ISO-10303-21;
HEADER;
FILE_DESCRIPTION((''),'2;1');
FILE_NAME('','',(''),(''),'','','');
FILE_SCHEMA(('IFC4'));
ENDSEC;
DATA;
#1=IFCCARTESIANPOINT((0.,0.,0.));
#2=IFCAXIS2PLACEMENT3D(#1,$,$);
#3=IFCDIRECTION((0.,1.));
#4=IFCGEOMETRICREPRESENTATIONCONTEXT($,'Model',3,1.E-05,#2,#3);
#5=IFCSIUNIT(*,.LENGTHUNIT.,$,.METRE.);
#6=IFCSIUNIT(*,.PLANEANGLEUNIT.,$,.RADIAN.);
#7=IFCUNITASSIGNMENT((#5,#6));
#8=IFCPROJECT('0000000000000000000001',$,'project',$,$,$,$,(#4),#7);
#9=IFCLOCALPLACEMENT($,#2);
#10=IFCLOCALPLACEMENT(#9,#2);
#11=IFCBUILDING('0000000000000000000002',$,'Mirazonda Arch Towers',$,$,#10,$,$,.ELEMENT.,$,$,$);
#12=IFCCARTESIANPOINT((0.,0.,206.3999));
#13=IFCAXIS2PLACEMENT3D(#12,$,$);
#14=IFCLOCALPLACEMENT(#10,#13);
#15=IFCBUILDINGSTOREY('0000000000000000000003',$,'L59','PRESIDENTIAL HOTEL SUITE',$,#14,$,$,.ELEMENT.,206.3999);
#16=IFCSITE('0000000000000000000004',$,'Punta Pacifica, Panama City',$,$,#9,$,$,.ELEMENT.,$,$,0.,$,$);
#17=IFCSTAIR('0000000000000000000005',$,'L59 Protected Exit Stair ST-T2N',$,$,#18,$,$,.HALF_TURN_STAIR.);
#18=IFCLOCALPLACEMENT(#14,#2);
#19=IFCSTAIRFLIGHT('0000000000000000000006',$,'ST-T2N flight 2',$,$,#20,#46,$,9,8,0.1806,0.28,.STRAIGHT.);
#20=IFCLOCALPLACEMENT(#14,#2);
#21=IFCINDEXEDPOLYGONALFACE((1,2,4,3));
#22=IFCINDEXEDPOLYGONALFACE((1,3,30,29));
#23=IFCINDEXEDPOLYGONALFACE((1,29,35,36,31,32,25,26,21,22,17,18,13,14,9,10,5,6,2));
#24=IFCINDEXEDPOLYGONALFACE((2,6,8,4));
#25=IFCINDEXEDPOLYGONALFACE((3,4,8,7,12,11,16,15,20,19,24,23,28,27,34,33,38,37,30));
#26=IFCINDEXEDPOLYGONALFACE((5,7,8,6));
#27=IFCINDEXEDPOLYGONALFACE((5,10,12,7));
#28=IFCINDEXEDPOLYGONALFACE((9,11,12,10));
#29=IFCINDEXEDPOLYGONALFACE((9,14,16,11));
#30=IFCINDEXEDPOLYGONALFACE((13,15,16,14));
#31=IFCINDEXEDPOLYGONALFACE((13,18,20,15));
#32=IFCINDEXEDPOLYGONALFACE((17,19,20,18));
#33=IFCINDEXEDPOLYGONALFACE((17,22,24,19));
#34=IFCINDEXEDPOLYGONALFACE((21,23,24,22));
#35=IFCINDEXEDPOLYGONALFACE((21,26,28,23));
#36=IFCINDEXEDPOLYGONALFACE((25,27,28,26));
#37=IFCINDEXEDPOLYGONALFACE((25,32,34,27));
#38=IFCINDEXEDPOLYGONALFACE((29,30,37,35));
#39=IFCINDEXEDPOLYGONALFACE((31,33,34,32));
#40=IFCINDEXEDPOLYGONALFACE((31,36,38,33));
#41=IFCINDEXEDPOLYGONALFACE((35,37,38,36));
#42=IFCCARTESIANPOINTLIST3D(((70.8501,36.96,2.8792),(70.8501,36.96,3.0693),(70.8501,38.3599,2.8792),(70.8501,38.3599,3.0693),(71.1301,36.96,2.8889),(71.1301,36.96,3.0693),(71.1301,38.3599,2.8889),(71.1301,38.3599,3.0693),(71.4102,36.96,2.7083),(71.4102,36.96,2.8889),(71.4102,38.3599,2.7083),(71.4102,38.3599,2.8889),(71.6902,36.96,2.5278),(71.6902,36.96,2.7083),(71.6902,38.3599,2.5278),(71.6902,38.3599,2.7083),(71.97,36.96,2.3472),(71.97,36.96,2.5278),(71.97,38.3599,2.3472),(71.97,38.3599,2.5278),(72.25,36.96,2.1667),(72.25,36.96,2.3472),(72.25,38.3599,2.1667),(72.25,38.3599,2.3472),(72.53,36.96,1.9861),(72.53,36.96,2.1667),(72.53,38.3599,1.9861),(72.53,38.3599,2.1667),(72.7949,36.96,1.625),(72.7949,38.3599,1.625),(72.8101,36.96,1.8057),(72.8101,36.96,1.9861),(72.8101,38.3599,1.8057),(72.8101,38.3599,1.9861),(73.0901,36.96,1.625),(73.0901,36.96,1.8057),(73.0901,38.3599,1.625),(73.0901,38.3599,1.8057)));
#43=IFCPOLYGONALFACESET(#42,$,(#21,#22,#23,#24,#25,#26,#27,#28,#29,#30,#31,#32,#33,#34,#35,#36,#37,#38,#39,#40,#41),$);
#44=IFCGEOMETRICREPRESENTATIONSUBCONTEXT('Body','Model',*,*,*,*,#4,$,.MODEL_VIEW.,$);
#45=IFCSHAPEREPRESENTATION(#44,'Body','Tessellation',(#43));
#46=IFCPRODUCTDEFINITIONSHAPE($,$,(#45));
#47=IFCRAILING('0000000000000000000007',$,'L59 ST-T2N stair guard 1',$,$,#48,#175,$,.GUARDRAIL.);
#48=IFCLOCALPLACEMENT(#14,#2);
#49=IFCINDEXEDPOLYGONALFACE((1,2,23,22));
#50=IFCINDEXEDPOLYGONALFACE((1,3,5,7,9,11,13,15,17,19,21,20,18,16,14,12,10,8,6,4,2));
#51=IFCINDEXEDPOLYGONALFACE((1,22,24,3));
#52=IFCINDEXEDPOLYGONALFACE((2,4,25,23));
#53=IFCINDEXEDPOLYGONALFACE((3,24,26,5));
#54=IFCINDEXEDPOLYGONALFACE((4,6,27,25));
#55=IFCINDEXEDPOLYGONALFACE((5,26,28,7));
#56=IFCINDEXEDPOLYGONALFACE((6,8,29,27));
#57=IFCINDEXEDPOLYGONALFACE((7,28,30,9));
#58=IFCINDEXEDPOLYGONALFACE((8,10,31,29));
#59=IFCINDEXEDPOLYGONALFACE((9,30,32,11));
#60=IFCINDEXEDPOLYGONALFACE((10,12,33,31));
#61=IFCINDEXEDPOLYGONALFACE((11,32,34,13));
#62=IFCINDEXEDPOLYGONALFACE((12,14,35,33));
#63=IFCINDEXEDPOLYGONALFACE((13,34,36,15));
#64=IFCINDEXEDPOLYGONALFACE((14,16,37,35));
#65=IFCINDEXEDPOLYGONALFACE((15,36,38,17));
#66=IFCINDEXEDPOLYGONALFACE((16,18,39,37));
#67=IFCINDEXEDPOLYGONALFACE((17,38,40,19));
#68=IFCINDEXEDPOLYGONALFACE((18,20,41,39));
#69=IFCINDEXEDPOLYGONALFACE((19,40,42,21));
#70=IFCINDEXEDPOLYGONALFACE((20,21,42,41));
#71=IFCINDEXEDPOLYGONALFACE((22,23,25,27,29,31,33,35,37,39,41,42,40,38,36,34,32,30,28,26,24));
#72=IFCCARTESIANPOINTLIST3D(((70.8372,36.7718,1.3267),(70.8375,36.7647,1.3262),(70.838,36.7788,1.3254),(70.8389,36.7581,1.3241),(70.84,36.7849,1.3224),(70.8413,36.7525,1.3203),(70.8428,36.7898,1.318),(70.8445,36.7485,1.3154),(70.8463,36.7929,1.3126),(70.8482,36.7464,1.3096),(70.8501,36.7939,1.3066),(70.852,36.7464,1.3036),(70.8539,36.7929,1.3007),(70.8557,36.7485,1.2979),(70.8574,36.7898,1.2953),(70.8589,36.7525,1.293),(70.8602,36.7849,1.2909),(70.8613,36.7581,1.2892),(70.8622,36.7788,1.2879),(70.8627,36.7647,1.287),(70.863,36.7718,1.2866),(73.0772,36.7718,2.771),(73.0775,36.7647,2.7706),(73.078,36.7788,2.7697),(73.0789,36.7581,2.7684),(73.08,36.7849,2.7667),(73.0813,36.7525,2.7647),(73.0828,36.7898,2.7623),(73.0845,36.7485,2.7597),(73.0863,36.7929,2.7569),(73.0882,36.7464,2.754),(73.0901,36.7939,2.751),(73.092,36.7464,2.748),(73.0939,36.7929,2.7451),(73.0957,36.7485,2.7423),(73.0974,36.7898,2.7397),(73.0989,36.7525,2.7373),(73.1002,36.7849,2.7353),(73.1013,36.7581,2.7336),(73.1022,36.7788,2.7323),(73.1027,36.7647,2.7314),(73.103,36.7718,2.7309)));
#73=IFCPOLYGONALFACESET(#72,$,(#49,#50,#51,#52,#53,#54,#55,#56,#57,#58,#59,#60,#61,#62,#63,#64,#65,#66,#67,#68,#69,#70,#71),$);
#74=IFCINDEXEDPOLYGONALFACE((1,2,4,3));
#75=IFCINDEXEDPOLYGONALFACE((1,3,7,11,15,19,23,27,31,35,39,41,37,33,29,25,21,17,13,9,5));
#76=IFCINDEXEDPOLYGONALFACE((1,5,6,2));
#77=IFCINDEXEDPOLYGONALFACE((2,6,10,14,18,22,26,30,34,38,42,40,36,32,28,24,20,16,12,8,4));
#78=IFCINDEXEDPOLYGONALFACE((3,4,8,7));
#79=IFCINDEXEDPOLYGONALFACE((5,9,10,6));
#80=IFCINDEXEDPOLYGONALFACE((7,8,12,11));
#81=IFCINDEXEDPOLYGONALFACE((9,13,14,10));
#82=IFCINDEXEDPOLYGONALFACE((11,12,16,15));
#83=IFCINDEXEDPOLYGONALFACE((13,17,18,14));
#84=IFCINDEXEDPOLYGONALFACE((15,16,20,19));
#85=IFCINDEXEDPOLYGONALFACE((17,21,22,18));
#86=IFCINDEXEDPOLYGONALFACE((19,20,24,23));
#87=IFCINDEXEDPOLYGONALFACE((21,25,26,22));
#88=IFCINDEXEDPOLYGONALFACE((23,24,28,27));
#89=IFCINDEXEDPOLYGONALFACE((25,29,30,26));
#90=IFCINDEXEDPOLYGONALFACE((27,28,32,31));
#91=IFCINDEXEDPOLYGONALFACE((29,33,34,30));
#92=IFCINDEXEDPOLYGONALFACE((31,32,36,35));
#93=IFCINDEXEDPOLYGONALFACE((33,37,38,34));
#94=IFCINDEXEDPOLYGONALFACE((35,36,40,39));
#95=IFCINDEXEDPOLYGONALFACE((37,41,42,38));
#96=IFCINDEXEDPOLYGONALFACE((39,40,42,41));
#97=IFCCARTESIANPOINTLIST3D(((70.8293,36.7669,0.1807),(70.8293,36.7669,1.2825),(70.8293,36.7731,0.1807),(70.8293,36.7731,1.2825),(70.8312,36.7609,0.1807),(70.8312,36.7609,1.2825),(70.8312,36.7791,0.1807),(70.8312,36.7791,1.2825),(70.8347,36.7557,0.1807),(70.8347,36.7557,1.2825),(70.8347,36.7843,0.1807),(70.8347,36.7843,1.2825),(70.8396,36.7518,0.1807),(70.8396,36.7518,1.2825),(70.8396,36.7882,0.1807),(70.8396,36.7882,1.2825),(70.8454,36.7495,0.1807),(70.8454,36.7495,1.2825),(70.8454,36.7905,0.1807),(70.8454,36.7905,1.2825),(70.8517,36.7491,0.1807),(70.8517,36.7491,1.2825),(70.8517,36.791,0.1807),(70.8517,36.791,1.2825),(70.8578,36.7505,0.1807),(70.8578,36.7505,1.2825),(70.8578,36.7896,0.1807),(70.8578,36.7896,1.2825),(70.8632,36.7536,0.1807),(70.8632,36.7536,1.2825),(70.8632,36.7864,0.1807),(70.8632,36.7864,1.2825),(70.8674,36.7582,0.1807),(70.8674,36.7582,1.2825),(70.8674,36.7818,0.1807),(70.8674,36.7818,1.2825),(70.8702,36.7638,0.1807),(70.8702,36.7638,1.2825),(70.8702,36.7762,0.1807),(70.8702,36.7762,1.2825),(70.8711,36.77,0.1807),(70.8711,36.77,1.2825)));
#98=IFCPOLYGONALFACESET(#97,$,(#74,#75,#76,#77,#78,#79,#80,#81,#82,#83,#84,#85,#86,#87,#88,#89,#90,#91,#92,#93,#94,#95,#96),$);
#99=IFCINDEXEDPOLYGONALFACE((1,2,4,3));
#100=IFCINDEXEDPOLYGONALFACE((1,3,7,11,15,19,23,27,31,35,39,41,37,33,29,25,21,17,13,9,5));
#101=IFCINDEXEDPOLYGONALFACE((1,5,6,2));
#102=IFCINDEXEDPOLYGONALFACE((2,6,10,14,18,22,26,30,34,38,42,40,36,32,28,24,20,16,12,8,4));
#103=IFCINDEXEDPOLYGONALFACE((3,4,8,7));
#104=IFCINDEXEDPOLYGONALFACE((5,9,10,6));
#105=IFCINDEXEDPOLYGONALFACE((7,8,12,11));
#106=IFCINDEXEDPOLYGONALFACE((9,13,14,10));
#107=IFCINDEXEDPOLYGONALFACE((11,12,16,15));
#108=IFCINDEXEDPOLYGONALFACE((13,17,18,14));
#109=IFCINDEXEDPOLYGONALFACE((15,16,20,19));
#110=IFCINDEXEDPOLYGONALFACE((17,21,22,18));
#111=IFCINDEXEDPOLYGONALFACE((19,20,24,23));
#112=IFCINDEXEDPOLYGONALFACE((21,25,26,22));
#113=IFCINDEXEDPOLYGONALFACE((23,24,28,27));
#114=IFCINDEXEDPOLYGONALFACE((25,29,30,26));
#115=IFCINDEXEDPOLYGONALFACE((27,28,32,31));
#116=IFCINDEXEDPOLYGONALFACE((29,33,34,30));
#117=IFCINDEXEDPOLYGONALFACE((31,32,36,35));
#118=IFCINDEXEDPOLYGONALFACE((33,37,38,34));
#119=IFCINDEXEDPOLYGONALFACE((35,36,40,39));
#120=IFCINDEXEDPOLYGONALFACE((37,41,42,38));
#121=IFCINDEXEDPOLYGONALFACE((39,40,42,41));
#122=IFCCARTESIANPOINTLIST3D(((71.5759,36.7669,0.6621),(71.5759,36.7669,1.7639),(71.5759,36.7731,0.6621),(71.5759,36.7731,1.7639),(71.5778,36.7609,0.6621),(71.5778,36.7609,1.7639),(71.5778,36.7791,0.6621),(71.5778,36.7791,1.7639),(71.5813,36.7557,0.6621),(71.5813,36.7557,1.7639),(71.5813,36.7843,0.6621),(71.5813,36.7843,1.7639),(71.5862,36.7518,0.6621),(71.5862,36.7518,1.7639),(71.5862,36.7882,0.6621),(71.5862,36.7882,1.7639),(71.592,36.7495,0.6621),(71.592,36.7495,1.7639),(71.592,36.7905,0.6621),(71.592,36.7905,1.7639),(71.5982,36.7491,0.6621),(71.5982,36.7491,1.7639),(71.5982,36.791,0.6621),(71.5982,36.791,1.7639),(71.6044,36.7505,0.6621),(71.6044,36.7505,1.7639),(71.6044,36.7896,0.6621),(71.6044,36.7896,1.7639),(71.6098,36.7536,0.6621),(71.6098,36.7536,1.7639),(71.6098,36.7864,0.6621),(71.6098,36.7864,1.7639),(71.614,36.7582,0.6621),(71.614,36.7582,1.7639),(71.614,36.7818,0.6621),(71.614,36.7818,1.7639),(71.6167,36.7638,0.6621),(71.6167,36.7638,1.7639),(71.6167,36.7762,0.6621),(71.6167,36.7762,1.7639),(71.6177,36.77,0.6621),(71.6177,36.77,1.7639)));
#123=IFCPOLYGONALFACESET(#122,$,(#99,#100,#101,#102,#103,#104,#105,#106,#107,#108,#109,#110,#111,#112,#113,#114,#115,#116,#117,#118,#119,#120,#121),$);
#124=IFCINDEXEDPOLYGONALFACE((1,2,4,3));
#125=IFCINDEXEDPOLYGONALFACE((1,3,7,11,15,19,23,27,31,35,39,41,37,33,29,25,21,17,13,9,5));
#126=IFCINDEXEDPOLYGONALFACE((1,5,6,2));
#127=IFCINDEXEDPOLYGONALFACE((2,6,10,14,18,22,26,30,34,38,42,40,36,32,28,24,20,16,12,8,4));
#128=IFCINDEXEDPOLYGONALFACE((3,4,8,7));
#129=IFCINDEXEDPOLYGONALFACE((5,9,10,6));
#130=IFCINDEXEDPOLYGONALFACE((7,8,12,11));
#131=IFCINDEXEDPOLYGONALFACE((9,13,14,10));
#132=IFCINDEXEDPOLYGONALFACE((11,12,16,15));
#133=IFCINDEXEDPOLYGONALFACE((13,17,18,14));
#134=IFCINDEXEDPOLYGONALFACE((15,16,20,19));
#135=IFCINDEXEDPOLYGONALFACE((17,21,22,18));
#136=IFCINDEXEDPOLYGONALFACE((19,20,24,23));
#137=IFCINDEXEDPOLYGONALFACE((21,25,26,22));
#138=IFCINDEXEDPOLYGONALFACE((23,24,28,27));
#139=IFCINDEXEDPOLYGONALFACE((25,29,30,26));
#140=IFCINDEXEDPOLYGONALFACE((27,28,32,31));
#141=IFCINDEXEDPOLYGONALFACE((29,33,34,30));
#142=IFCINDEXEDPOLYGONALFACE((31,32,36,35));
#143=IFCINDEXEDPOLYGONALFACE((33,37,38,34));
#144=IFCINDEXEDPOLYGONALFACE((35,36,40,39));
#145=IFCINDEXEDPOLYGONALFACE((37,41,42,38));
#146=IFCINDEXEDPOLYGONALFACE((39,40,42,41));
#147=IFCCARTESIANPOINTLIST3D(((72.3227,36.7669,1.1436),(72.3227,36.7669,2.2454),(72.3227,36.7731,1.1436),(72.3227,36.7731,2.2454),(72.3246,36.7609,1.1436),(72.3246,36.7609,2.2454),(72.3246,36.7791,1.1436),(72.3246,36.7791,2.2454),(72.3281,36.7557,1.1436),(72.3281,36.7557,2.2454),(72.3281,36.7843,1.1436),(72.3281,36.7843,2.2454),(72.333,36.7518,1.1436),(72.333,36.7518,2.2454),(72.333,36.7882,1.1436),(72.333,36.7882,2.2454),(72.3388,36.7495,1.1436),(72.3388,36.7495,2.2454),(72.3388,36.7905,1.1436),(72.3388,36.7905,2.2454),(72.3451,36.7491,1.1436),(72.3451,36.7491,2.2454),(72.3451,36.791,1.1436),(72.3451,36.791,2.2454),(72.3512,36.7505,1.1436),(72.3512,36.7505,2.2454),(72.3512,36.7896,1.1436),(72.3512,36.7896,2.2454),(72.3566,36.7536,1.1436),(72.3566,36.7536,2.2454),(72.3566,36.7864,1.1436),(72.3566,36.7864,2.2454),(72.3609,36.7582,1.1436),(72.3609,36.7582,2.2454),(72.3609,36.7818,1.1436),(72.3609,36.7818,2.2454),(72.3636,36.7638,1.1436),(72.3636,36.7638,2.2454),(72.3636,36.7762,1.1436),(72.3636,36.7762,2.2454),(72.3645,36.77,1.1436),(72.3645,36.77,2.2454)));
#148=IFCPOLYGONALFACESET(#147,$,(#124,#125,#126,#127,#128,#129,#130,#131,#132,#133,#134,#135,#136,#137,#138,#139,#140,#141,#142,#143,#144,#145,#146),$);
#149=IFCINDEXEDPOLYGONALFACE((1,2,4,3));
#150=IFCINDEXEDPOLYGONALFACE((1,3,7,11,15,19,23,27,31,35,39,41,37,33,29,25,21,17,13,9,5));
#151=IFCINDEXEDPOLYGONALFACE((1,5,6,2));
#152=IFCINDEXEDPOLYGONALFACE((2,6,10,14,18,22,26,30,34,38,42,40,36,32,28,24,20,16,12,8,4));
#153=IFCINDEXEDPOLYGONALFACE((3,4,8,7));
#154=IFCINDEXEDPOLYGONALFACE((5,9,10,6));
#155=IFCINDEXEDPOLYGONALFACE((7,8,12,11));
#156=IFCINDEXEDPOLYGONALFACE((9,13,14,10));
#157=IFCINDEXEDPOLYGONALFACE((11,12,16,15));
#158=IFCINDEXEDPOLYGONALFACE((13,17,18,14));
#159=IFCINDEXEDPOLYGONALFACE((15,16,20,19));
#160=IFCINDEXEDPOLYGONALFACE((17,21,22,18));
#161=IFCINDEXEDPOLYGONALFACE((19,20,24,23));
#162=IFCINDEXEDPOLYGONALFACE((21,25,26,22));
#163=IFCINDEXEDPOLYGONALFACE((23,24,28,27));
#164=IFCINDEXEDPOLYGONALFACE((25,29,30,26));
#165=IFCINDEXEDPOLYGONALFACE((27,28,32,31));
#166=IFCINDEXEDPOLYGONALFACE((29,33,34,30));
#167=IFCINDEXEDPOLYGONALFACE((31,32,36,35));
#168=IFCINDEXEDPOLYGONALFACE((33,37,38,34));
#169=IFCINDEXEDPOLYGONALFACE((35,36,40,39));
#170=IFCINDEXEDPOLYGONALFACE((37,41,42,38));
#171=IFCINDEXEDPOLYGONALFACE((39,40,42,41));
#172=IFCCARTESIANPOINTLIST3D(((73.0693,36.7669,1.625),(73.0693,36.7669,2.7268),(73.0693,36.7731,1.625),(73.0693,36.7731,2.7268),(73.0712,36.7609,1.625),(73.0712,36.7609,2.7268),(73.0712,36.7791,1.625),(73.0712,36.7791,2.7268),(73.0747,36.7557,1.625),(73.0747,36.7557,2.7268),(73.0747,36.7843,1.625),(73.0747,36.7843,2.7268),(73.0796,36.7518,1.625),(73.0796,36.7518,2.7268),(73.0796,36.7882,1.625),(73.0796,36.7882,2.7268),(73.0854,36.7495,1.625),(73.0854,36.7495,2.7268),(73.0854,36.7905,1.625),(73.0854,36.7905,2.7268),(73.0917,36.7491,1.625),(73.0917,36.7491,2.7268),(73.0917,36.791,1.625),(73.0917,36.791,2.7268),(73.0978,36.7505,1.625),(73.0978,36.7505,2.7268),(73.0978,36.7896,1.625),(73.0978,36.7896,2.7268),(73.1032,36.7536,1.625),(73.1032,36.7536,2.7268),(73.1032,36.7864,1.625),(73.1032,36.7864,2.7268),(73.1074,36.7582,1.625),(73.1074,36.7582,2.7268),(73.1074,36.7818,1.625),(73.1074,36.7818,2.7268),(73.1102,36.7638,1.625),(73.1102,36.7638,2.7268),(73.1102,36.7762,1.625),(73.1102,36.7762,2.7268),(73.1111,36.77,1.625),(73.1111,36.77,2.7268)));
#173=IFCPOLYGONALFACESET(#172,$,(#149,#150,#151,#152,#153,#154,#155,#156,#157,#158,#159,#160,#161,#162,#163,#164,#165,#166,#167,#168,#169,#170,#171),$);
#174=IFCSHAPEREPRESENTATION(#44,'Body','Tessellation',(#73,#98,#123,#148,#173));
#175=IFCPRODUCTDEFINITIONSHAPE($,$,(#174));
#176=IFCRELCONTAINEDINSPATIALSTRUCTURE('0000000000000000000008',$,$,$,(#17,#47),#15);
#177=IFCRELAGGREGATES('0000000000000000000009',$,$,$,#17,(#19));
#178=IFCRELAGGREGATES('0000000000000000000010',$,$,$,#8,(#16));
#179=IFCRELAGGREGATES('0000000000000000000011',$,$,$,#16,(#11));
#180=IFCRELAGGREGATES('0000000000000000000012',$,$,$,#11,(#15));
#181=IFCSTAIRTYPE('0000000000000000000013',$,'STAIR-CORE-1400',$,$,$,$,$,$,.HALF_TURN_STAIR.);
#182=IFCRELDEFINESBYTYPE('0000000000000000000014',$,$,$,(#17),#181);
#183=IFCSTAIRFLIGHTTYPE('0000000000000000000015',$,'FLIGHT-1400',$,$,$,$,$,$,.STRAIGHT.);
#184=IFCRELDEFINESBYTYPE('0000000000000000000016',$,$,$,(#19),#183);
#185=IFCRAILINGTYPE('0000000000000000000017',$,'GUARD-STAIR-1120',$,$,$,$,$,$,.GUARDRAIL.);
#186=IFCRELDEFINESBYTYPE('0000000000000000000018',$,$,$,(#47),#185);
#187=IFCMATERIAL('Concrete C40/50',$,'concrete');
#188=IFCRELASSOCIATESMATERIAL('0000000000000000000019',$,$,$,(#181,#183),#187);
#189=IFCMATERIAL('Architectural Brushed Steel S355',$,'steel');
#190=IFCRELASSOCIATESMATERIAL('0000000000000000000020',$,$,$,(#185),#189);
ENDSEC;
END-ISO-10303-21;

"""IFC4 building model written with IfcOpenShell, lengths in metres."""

from ifc_helpers import new_model, si_unit, direction, frame, origin, origin_2d, place, context, subcontext, project, spatial, polyline, circle, outline, extrude, material, type_object, element, aggregate, save


model = new_model("IFC4")

# Units and contexts
model_context = context("Model", 3, precision=1e-05, world=origin(), true_north=direction((0.0, 1.0)))
body_context = subcontext(model_context, "Body", "Model", "MODEL_VIEW")
ifc_project = project(units=[si_unit("LENGTHUNIT", "METRE"), si_unit("PLANEANGLEUNIT", "RADIAN")], contexts=[model_context])

# Site, building, storey
site_placement = place(None, origin())
site = spatial("IfcSite", under=ifc_project, at=site_placement, Name="Punta Pacifica, Panama City", CompositionType="ELEMENT", RefElevation=0.0)
building_placement = place(site_placement, origin())
building = spatial("IfcBuilding", under=site, at=building_placement, Name="Mirazonda Arch Towers", CompositionType="ELEMENT")
storey_placement = place(building_placement, frame((0.0, 0.0, 206.3999)))
storey = spatial("IfcBuildingStorey", under=building, at=storey_placement, Name="L59", Description="PRESIDENTIAL HOTEL SUITE", CompositionType="ELEMENT", Elevation=206.3999)

# Stair, stair flight
ifc_material_1 = material(Name="Concrete C40/50", Category="concrete")
stair_type = type_object("IfcStairType", Name="STAIR-CORE-1400", PredefinedType="HALF_TURN_STAIR", material=ifc_material_1)
stair_placement = place(storey_placement, origin())
stair = element("IfcStair", 1, at=stair_placement, inside=storey, type_object=stair_type, Name="L59 Protected Exit Stair ST-T2N", PredefinedType="HALF_TURN_STAIR")
stair_flight_type = type_object("IfcStairFlightType", Name="FLIGHT-1400", PredefinedType="STRAIGHT", material=ifc_material_1)
stair_flight_placement = place(storey_placement, frame((73.0901, 37.6599, 1.625), z_axis=(0.0, 0.0, 1.0), x_axis=(-1.0, 0.0, 0.0)))
stair_flight = element("IfcStairFlight", 2, at=stair_flight_placement, type_object=stair_flight_type, Name="ST-T2N flight 2", NumberOfRisers=9, NumberOfTreads=8, PredefinedType="STRAIGHT", RiserHeight=0.1806, TreadLength=0.28, context=body_context, shape_type="SweptSolid", body=[
    extrude(outline(polyline([(0.0, 0.0), (0.0, 0.1807), (0.28, 0.1807), (0.28, 0.3611), (0.5601, 0.3611), (0.5601, 0.5417), (0.8401, 0.5417), (0.8401, 0.7222), (1.1201, 0.7222), (1.1201, 0.9028), (1.3999, 0.9028), (1.3999, 1.0833), (1.6799, 1.0833), (1.6799, 1.2639), (1.96, 1.2639), (1.96, 1.4443), (2.24, 1.4443), (2.24, 1.625), (2.24, 1.2542), (0.2952, 0.0), (0.0, 0.0)])), frame((0.0, 0.7, 0.0), z_axis=(0.0, -1.0, 0.0), x_axis=(1.0, 0.0, 0.0)), (0.0, 0.0, 1.0), 1.3999),
])
aggregate(stair, [stair_flight])

# Railing
ifc_material_2 = material(Name="Architectural Brushed Steel S355", Category="steel")
railing_type_1 = type_object("IfcRailingType", Name="GUARD-STAIR-1120", PredefinedType="GUARDRAIL", material=ifc_material_2)
railing_1_placement = place(storey_placement, frame((70.8501, 36.77, 0.1807)))
element("IfcRailing", 3, at=railing_1_placement, inside=storey, type_object=railing_type_1, Name="L59 ST-T2N stair guard 1", PredefinedType="GUARDRAIL", context=body_context, shape_type="SweptSolid", body=[
    extrude(circle(Radius=0.0239, at=origin_2d()), frame((0.0, 0.0, 1.126), z_axis=(0.840437, 0.0, 0.54191), x_axis=(0.0, 1.0, 0.0)), (0.0, 0.0, 1.0), 2.6653),
    extrude(circle(Radius=0.021, at=origin_2d()), origin(), (0.0, 0.0, 1.0), 1.1018),
    extrude(circle(Radius=0.021, at=origin_2d()), frame((0.7466, 0.0, 0.4814)), (0.0, 0.0, 1.0), 1.1018),
    extrude(circle(Radius=0.021, at=origin_2d()), frame((1.4934, 0.0, 0.9629)), (0.0, 0.0, 1.0), 1.1018),
    extrude(circle(Radius=0.021, at=origin_2d()), frame((2.24, 0.0, 1.4443)), (0.0, 0.0, 1.0), 1.1018),
])

save(model, "model.ifc")
